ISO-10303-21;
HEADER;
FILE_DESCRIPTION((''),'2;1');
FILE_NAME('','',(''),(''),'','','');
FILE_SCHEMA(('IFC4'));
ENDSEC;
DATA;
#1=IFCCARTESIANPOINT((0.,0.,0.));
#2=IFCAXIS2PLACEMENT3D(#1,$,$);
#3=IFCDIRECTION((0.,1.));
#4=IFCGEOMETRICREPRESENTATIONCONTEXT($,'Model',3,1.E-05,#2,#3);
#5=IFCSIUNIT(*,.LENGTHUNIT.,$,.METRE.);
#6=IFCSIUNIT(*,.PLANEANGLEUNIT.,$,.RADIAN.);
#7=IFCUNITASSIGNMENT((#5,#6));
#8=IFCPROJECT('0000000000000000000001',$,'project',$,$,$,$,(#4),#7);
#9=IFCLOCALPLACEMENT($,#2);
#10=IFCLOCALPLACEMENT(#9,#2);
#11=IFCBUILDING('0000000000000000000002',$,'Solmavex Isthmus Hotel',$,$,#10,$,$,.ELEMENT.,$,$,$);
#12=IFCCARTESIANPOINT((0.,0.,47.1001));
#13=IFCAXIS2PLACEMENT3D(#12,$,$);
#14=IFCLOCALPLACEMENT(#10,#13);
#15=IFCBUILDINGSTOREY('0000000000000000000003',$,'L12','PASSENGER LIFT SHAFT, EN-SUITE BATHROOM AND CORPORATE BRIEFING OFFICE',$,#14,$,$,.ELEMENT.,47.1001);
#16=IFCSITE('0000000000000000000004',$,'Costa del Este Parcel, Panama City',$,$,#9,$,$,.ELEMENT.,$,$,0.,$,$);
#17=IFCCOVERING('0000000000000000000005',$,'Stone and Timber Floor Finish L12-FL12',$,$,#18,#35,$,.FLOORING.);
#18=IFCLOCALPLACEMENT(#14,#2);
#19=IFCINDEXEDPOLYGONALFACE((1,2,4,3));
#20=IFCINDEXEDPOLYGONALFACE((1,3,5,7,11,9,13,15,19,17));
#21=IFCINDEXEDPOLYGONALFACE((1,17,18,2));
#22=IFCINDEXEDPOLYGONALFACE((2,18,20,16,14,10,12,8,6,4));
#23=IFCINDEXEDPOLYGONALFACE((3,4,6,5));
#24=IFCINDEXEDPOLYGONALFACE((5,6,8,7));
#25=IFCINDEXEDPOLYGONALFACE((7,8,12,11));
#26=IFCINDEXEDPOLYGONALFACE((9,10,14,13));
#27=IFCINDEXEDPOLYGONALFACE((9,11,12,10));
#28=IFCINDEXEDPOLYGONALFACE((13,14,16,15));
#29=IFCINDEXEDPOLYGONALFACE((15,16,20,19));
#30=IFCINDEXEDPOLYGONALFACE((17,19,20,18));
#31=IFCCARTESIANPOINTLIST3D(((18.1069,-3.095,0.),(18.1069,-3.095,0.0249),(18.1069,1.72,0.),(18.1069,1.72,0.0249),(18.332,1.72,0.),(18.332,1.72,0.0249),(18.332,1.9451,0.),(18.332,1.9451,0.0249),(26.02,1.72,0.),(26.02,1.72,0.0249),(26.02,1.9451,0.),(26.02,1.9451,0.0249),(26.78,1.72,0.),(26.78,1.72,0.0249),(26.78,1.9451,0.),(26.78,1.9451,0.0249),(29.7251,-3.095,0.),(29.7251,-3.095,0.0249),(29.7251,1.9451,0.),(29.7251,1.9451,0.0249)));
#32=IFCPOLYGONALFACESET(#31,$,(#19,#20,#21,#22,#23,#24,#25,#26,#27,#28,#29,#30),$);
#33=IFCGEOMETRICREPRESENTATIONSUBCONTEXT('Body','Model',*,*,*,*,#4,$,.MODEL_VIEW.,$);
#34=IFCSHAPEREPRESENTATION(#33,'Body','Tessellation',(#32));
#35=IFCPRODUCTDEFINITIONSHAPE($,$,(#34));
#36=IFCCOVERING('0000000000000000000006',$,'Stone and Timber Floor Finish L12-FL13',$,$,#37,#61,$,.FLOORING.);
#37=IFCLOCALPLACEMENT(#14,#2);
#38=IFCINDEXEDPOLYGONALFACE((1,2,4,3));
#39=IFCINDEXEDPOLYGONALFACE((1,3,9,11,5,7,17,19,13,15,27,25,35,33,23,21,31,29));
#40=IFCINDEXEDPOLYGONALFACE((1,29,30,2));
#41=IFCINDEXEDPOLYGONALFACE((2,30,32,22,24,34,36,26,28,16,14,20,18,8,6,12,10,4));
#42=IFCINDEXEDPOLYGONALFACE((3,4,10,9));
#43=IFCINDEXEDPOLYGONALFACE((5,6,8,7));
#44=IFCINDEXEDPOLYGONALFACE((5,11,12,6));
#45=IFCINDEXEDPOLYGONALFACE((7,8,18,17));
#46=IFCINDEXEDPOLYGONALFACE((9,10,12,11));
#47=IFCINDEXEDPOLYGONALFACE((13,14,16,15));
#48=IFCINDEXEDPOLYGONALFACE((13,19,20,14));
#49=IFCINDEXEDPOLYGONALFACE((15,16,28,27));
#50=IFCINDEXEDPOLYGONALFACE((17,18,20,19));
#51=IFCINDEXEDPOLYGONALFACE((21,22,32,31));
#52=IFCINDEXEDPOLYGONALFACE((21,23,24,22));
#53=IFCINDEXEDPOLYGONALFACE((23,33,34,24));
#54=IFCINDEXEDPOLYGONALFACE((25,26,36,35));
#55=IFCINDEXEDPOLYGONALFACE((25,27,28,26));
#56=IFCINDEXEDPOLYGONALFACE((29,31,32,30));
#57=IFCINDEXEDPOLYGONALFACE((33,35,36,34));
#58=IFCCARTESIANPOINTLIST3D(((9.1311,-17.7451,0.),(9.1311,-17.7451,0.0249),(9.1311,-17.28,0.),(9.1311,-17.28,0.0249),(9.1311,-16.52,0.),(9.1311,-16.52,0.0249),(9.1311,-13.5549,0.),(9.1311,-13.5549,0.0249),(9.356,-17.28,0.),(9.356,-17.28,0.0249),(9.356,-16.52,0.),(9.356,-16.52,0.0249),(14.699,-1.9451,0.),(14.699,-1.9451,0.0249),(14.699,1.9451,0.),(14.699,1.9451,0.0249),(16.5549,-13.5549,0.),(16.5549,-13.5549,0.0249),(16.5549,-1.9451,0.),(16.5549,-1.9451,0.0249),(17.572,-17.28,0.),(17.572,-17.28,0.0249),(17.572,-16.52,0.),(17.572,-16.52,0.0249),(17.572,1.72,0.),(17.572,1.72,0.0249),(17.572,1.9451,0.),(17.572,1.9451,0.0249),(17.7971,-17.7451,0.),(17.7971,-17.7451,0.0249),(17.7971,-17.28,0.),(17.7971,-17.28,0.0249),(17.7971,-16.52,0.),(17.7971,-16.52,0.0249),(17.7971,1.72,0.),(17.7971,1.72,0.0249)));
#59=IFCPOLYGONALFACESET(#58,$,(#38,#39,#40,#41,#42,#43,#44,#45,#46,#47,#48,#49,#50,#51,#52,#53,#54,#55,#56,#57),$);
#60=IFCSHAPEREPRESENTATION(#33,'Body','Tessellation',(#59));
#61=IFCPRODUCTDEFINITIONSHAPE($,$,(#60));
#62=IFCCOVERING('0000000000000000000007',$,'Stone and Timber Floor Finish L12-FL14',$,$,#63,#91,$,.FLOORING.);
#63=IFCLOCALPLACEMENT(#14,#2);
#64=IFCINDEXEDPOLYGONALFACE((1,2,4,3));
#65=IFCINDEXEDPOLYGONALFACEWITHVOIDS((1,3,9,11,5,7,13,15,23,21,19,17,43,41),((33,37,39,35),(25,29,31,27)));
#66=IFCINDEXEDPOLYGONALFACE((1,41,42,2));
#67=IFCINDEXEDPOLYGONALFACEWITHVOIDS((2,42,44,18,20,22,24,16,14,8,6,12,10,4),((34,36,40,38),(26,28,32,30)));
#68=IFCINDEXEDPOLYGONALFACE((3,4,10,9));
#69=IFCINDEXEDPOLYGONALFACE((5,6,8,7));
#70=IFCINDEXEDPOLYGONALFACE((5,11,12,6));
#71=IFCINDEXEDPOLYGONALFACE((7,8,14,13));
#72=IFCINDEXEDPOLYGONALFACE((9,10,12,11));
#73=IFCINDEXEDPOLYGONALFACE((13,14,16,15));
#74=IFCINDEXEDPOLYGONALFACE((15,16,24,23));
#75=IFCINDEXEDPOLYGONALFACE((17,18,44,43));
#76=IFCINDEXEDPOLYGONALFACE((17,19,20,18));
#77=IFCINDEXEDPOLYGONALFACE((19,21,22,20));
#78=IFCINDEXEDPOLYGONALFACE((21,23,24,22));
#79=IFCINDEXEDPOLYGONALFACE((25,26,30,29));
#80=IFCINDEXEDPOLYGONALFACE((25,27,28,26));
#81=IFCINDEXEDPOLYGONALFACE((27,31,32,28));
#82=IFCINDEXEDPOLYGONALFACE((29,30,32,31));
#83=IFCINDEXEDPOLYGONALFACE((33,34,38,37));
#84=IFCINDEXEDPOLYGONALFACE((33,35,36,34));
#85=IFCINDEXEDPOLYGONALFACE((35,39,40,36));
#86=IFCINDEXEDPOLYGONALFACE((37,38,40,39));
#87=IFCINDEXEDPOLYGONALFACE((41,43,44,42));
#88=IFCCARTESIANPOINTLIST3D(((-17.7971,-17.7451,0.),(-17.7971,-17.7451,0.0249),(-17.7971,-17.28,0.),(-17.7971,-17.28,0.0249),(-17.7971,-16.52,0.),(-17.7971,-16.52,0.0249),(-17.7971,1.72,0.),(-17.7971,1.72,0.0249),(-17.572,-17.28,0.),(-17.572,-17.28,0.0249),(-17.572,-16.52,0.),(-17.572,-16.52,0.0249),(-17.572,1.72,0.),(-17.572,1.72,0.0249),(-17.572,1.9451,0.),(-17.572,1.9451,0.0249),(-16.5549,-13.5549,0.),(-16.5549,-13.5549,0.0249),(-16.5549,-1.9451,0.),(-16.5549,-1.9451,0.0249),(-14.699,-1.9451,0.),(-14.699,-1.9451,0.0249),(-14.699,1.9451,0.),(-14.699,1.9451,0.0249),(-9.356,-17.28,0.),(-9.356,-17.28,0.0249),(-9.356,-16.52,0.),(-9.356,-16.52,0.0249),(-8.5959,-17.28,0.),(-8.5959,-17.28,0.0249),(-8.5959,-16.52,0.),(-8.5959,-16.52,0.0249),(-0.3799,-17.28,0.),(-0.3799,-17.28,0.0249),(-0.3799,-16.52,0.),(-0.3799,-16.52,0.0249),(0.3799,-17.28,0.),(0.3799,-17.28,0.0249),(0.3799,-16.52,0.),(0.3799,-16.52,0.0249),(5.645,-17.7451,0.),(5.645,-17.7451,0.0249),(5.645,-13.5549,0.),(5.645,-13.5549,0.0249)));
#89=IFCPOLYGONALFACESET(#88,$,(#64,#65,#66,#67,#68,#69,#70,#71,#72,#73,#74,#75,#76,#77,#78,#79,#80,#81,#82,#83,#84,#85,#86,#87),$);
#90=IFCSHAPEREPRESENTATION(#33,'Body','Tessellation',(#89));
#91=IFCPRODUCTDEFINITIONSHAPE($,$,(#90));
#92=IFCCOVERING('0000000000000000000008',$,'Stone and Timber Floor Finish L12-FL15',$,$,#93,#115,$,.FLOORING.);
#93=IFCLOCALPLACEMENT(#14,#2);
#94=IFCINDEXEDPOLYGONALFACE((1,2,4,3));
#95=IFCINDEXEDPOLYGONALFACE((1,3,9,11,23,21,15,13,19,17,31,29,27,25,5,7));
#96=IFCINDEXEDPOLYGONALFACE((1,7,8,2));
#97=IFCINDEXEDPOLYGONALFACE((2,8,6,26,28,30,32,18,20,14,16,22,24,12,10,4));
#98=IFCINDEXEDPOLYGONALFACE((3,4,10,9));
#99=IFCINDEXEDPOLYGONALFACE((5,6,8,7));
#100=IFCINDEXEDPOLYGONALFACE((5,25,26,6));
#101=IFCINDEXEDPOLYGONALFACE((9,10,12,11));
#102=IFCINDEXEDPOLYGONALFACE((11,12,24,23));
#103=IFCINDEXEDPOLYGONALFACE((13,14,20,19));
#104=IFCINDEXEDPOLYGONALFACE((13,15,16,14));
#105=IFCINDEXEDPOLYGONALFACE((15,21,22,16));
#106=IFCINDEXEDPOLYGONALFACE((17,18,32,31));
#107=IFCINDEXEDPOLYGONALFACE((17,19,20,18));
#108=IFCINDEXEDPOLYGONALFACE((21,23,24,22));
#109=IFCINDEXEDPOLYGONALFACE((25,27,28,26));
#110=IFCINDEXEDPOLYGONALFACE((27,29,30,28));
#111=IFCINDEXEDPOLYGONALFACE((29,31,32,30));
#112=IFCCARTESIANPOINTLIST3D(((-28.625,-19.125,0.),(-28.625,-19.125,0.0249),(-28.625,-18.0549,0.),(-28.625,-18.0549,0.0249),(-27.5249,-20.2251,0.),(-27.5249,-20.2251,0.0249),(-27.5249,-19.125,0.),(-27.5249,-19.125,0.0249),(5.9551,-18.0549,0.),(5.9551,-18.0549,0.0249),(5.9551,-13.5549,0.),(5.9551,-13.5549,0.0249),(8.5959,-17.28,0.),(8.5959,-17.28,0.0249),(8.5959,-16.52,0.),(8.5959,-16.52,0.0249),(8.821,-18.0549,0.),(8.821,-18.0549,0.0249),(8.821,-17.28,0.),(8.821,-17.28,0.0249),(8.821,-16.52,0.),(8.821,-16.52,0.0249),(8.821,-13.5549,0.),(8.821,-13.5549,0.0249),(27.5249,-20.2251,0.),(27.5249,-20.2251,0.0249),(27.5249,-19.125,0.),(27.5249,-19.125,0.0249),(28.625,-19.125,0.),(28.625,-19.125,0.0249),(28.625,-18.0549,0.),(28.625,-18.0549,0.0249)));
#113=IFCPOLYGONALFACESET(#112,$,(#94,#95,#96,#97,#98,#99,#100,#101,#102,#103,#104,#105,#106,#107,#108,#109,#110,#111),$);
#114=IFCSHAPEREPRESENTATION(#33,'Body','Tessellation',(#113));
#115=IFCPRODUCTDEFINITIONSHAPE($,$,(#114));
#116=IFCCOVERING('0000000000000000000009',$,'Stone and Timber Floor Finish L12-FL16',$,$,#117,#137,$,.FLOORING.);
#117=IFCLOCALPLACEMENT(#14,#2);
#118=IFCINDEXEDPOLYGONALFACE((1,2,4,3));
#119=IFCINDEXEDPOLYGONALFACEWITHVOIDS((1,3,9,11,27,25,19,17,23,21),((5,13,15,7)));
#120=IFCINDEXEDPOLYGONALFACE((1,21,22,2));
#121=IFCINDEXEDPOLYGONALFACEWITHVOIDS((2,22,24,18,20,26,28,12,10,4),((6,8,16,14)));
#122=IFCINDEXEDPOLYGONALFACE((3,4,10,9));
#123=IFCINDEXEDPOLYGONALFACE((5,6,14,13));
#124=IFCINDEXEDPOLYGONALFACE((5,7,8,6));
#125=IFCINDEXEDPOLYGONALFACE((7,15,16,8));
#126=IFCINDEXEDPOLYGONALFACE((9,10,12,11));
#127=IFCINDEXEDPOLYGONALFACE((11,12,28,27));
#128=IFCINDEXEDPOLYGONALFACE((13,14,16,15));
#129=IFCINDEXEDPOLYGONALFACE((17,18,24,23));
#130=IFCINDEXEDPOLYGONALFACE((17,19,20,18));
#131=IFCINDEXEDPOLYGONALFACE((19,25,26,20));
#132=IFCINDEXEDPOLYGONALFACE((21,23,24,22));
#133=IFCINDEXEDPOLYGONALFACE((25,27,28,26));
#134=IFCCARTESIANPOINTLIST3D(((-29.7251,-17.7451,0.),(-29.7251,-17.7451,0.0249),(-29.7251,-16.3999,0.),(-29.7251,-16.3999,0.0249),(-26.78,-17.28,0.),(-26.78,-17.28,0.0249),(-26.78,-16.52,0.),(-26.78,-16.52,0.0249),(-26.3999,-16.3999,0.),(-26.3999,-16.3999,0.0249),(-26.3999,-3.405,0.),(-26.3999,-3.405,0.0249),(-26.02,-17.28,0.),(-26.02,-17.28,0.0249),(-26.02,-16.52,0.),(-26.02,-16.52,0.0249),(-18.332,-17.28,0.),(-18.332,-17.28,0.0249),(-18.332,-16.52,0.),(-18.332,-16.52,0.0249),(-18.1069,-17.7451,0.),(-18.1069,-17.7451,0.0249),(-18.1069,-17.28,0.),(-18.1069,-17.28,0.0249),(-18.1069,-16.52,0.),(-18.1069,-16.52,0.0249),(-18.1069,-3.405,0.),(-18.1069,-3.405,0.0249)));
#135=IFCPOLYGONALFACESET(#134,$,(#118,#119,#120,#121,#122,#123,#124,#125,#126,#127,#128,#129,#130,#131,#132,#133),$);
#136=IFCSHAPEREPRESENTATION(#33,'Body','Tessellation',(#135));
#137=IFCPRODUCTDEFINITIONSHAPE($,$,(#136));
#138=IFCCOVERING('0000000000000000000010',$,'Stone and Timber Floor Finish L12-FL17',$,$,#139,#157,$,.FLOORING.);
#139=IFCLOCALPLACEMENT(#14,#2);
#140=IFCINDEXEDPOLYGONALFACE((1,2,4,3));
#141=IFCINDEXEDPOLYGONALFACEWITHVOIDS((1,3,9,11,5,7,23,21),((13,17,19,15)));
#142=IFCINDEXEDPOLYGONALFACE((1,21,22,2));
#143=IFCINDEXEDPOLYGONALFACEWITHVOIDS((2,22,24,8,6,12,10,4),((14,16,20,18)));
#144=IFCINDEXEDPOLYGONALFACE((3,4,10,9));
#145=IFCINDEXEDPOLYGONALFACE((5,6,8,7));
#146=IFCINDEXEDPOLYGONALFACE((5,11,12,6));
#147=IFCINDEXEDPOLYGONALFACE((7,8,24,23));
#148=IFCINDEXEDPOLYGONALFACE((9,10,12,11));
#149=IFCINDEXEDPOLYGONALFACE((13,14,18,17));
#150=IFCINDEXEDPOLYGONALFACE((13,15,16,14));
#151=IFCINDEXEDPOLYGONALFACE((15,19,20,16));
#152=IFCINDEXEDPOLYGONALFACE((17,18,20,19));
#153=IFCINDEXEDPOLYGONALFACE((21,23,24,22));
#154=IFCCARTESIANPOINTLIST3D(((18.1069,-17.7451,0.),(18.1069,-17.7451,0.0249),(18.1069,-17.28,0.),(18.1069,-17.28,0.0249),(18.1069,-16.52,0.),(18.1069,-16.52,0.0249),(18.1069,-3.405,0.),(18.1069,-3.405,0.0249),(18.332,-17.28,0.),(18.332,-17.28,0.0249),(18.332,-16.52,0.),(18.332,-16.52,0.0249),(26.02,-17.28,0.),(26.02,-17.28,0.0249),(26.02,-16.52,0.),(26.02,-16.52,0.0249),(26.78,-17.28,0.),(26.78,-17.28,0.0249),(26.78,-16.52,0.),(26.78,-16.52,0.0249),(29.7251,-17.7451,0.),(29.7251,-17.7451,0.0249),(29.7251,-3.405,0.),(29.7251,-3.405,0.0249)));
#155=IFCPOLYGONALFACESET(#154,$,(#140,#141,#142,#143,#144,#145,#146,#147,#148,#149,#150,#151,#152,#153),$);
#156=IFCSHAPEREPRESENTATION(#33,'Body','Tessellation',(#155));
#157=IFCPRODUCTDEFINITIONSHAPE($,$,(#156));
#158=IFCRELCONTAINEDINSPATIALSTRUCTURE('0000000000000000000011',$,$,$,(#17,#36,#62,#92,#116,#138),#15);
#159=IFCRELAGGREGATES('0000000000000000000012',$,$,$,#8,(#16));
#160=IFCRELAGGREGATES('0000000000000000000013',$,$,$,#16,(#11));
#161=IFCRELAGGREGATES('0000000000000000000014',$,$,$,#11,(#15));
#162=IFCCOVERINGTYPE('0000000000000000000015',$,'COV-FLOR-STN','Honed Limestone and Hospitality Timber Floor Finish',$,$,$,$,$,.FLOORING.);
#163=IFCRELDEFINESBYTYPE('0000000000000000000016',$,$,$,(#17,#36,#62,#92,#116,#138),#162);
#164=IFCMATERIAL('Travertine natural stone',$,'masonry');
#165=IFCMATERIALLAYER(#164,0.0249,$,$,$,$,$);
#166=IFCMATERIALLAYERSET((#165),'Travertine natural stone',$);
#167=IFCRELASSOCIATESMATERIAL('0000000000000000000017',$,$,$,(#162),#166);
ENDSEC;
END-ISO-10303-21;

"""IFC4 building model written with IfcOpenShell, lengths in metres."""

from ifc_helpers import new_model, si_unit, direction, frame, origin, place, context, subcontext, project, spatial, polyline, outline, extrude, material, layer, layer_set, type_object, element, save


model = new_model("IFC4")

# Units and contexts
model_context = context("Model", 3, precision=1e-05, world=origin(), true_north=direction((0.0, 1.0)))
body_context = subcontext(model_context, "Body", "Model", "MODEL_VIEW")
ifc_project = project(units=[si_unit("LENGTHUNIT", "METRE"), si_unit("PLANEANGLEUNIT", "RADIAN")], contexts=[model_context])

# Site, building, storey
site_placement = place(None, origin())
site = spatial("IfcSite", under=ifc_project, at=site_placement, Name="Costa del Este Parcel, Panama City", CompositionType="ELEMENT", RefElevation=0.0)
building_placement = place(site_placement, origin())
building = spatial("IfcBuilding", under=site, at=building_placement, Name="Solmavex Isthmus Hotel", CompositionType="ELEMENT")
storey_placement = place(building_placement, frame((0.0, 0.0, 47.1001)))
storey = spatial("IfcBuildingStorey", under=building, at=storey_placement, Name="L12", Description="PASSENGER LIFT SHAFT, EN-SUITE BATHROOM AND CORPORATE BRIEFING OFFICE", CompositionType="ELEMENT", Elevation=47.1001)

# Coverings
ifc_material_1 = material(Name="Travertine natural stone", Category="masonry")
ifc_layer_1 = layer(ifc_material_1, 0.0249)
ifc_layer_set_1 = layer_set([ifc_layer_1], Name="Travertine natural stone")
covering_type_1 = type_object("IfcCoveringType", Name="COV-FLOR-STN", Description="Honed Limestone and Hospitality Timber Floor Finish", PredefinedType="FLOORING", material=ifc_layer_set_1)
covering_1_placement = place(storey_placement, origin())
element("IfcCovering", 1, at=covering_1_placement, inside=storey, type_object=covering_type_1, Name="Stone and Timber Floor Finish L12-FL12", PredefinedType="FLOORING", context=body_context, shape_type="SweptSolid", body=[
    extrude(outline(polyline([(26.78, 1.9451), (26.78, 1.72), (26.02, 1.72), (26.02, 1.9451), (18.332, 1.9451), (18.332, 1.72), (18.1069, 1.72), (18.1069, -3.095), (29.7251, -3.095), (29.7251, 1.9451), (26.78, 1.9451)])), origin(), (0.0, 0.0, 1.0), 0.0249),
])
covering_2_placement = place(storey_placement, origin())
element("IfcCovering", 2, at=covering_2_placement, inside=storey, type_object=covering_type_1, Name="Stone and Timber Floor Finish L12-FL13", PredefinedType="FLOORING", context=body_context, shape_type="SweptSolid", body=[
    extrude(outline(polyline([(17.7971, 1.72), (17.572, 1.72), (17.572, 1.9451), (14.699, 1.9451), (14.699, -1.9451), (16.5549, -1.9451), (16.5549, -13.5549), (9.1311, -13.5549), (9.1311, -16.52), (9.356, -16.52), (9.356, -17.28), (9.1311, -17.28), (9.1311, -17.7451), (17.7971, -17.7451), (17.7971, -17.28), (17.572, -17.28), (17.572, -16.52), (17.7971, -16.52), (17.7971, 1.72)])), origin(), (0.0, 0.0, 1.0), 0.0249),
])
covering_3_placement = place(storey_placement, origin())
element("IfcCovering", 3, at=covering_3_placement, inside=storey, type_object=covering_type_1, Name="Stone and Timber Floor Finish L12-FL14", PredefinedType="FLOORING", context=body_context, shape_type="SweptSolid", body=[
    extrude(outline(polyline([(-17.7971, -16.52), (-17.572, -16.52), (-17.572, -17.28), (-17.7971, -17.28), (-17.7971, -17.7451), (5.645, -17.7451), (5.645, -13.5549), (-16.5549, -13.5549), (-16.5549, -1.9451), (-14.699, -1.9451), (-14.699, 1.9451), (-17.572, 1.9451), (-17.572, 1.72), (-17.7971, 1.72), (-17.7971, -16.52)]), holes=[polyline([(-0.3799, -17.28), (-0.3799, -16.52), (0.3799, -16.52), (0.3799, -17.28), (-0.3799, -17.28)]), polyline([(-9.356, -17.28), (-9.356, -16.52), (-8.5959, -16.52), (-8.5959, -17.28), (-9.356, -17.28)])]), origin(), (0.0, 0.0, 1.0), 0.0249),
])
covering_4_placement = place(storey_placement, origin())
element("IfcCovering", 4, at=covering_4_placement, inside=storey, type_object=covering_type_1, Name="Stone and Timber Floor Finish L12-FL15", PredefinedType="FLOORING", context=body_context, shape_type="SweptSolid", body=[
    extrude(outline(polyline([(-28.625, -18.0549), (-28.625, -19.125), (-27.5249, -19.125), (-27.5249, -20.2251), (27.5249, -20.2251), (27.5249, -19.125), (28.625, -19.125), (28.625, -18.0549), (8.821, -18.0549), (8.821, -17.28), (8.5959, -17.28), (8.5959, -16.52), (8.821, -16.52), (8.821, -13.5549), (5.9551, -13.5549), (5.9551, -18.0549), (-28.625, -18.0549)])), origin(), (0.0, 0.0, 1.0), 0.0249),
])
covering_5_placement = place(storey_placement, origin())
element("IfcCovering", 5, at=covering_5_placement, inside=storey, type_object=covering_type_1, Name="Stone and Timber Floor Finish L12-FL16", PredefinedType="FLOORING", context=body_context, shape_type="SweptSolid", body=[
    extrude(outline(polyline([(-18.1069, -17.28), (-18.332, -17.28), (-18.332, -16.52), (-18.1069, -16.52), (-18.1069, -3.405), (-26.3999, -3.405), (-26.3999, -16.3999), (-29.7251, -16.3999), (-29.7251, -17.7451), (-18.1069, -17.7451), (-18.1069, -17.28)]), holes=[polyline([(-26.78, -17.28), (-26.78, -16.52), (-26.02, -16.52), (-26.02, -17.28), (-26.78, -17.28)])]), origin(), (0.0, 0.0, 1.0), 0.0249),
])
covering_6_placement = place(storey_placement, origin())
element("IfcCovering", 6, at=covering_6_placement, inside=storey, type_object=covering_type_1, Name="Stone and Timber Floor Finish L12-FL17", PredefinedType="FLOORING", context=body_context, shape_type="SweptSolid", body=[
    extrude(outline(polyline([(18.1069, -16.52), (18.332, -16.52), (18.332, -17.28), (18.1069, -17.28), (18.1069, -17.7451), (29.7251, -17.7451), (29.7251, -3.405), (18.1069, -3.405), (18.1069, -16.52)]), holes=[polyline([(26.02, -17.28), (26.02, -16.52), (26.78, -16.52), (26.78, -17.28), (26.02, -17.28)])]), origin(), (0.0, 0.0, 1.0), 0.0249),
])

save(model, "model.ifc")
